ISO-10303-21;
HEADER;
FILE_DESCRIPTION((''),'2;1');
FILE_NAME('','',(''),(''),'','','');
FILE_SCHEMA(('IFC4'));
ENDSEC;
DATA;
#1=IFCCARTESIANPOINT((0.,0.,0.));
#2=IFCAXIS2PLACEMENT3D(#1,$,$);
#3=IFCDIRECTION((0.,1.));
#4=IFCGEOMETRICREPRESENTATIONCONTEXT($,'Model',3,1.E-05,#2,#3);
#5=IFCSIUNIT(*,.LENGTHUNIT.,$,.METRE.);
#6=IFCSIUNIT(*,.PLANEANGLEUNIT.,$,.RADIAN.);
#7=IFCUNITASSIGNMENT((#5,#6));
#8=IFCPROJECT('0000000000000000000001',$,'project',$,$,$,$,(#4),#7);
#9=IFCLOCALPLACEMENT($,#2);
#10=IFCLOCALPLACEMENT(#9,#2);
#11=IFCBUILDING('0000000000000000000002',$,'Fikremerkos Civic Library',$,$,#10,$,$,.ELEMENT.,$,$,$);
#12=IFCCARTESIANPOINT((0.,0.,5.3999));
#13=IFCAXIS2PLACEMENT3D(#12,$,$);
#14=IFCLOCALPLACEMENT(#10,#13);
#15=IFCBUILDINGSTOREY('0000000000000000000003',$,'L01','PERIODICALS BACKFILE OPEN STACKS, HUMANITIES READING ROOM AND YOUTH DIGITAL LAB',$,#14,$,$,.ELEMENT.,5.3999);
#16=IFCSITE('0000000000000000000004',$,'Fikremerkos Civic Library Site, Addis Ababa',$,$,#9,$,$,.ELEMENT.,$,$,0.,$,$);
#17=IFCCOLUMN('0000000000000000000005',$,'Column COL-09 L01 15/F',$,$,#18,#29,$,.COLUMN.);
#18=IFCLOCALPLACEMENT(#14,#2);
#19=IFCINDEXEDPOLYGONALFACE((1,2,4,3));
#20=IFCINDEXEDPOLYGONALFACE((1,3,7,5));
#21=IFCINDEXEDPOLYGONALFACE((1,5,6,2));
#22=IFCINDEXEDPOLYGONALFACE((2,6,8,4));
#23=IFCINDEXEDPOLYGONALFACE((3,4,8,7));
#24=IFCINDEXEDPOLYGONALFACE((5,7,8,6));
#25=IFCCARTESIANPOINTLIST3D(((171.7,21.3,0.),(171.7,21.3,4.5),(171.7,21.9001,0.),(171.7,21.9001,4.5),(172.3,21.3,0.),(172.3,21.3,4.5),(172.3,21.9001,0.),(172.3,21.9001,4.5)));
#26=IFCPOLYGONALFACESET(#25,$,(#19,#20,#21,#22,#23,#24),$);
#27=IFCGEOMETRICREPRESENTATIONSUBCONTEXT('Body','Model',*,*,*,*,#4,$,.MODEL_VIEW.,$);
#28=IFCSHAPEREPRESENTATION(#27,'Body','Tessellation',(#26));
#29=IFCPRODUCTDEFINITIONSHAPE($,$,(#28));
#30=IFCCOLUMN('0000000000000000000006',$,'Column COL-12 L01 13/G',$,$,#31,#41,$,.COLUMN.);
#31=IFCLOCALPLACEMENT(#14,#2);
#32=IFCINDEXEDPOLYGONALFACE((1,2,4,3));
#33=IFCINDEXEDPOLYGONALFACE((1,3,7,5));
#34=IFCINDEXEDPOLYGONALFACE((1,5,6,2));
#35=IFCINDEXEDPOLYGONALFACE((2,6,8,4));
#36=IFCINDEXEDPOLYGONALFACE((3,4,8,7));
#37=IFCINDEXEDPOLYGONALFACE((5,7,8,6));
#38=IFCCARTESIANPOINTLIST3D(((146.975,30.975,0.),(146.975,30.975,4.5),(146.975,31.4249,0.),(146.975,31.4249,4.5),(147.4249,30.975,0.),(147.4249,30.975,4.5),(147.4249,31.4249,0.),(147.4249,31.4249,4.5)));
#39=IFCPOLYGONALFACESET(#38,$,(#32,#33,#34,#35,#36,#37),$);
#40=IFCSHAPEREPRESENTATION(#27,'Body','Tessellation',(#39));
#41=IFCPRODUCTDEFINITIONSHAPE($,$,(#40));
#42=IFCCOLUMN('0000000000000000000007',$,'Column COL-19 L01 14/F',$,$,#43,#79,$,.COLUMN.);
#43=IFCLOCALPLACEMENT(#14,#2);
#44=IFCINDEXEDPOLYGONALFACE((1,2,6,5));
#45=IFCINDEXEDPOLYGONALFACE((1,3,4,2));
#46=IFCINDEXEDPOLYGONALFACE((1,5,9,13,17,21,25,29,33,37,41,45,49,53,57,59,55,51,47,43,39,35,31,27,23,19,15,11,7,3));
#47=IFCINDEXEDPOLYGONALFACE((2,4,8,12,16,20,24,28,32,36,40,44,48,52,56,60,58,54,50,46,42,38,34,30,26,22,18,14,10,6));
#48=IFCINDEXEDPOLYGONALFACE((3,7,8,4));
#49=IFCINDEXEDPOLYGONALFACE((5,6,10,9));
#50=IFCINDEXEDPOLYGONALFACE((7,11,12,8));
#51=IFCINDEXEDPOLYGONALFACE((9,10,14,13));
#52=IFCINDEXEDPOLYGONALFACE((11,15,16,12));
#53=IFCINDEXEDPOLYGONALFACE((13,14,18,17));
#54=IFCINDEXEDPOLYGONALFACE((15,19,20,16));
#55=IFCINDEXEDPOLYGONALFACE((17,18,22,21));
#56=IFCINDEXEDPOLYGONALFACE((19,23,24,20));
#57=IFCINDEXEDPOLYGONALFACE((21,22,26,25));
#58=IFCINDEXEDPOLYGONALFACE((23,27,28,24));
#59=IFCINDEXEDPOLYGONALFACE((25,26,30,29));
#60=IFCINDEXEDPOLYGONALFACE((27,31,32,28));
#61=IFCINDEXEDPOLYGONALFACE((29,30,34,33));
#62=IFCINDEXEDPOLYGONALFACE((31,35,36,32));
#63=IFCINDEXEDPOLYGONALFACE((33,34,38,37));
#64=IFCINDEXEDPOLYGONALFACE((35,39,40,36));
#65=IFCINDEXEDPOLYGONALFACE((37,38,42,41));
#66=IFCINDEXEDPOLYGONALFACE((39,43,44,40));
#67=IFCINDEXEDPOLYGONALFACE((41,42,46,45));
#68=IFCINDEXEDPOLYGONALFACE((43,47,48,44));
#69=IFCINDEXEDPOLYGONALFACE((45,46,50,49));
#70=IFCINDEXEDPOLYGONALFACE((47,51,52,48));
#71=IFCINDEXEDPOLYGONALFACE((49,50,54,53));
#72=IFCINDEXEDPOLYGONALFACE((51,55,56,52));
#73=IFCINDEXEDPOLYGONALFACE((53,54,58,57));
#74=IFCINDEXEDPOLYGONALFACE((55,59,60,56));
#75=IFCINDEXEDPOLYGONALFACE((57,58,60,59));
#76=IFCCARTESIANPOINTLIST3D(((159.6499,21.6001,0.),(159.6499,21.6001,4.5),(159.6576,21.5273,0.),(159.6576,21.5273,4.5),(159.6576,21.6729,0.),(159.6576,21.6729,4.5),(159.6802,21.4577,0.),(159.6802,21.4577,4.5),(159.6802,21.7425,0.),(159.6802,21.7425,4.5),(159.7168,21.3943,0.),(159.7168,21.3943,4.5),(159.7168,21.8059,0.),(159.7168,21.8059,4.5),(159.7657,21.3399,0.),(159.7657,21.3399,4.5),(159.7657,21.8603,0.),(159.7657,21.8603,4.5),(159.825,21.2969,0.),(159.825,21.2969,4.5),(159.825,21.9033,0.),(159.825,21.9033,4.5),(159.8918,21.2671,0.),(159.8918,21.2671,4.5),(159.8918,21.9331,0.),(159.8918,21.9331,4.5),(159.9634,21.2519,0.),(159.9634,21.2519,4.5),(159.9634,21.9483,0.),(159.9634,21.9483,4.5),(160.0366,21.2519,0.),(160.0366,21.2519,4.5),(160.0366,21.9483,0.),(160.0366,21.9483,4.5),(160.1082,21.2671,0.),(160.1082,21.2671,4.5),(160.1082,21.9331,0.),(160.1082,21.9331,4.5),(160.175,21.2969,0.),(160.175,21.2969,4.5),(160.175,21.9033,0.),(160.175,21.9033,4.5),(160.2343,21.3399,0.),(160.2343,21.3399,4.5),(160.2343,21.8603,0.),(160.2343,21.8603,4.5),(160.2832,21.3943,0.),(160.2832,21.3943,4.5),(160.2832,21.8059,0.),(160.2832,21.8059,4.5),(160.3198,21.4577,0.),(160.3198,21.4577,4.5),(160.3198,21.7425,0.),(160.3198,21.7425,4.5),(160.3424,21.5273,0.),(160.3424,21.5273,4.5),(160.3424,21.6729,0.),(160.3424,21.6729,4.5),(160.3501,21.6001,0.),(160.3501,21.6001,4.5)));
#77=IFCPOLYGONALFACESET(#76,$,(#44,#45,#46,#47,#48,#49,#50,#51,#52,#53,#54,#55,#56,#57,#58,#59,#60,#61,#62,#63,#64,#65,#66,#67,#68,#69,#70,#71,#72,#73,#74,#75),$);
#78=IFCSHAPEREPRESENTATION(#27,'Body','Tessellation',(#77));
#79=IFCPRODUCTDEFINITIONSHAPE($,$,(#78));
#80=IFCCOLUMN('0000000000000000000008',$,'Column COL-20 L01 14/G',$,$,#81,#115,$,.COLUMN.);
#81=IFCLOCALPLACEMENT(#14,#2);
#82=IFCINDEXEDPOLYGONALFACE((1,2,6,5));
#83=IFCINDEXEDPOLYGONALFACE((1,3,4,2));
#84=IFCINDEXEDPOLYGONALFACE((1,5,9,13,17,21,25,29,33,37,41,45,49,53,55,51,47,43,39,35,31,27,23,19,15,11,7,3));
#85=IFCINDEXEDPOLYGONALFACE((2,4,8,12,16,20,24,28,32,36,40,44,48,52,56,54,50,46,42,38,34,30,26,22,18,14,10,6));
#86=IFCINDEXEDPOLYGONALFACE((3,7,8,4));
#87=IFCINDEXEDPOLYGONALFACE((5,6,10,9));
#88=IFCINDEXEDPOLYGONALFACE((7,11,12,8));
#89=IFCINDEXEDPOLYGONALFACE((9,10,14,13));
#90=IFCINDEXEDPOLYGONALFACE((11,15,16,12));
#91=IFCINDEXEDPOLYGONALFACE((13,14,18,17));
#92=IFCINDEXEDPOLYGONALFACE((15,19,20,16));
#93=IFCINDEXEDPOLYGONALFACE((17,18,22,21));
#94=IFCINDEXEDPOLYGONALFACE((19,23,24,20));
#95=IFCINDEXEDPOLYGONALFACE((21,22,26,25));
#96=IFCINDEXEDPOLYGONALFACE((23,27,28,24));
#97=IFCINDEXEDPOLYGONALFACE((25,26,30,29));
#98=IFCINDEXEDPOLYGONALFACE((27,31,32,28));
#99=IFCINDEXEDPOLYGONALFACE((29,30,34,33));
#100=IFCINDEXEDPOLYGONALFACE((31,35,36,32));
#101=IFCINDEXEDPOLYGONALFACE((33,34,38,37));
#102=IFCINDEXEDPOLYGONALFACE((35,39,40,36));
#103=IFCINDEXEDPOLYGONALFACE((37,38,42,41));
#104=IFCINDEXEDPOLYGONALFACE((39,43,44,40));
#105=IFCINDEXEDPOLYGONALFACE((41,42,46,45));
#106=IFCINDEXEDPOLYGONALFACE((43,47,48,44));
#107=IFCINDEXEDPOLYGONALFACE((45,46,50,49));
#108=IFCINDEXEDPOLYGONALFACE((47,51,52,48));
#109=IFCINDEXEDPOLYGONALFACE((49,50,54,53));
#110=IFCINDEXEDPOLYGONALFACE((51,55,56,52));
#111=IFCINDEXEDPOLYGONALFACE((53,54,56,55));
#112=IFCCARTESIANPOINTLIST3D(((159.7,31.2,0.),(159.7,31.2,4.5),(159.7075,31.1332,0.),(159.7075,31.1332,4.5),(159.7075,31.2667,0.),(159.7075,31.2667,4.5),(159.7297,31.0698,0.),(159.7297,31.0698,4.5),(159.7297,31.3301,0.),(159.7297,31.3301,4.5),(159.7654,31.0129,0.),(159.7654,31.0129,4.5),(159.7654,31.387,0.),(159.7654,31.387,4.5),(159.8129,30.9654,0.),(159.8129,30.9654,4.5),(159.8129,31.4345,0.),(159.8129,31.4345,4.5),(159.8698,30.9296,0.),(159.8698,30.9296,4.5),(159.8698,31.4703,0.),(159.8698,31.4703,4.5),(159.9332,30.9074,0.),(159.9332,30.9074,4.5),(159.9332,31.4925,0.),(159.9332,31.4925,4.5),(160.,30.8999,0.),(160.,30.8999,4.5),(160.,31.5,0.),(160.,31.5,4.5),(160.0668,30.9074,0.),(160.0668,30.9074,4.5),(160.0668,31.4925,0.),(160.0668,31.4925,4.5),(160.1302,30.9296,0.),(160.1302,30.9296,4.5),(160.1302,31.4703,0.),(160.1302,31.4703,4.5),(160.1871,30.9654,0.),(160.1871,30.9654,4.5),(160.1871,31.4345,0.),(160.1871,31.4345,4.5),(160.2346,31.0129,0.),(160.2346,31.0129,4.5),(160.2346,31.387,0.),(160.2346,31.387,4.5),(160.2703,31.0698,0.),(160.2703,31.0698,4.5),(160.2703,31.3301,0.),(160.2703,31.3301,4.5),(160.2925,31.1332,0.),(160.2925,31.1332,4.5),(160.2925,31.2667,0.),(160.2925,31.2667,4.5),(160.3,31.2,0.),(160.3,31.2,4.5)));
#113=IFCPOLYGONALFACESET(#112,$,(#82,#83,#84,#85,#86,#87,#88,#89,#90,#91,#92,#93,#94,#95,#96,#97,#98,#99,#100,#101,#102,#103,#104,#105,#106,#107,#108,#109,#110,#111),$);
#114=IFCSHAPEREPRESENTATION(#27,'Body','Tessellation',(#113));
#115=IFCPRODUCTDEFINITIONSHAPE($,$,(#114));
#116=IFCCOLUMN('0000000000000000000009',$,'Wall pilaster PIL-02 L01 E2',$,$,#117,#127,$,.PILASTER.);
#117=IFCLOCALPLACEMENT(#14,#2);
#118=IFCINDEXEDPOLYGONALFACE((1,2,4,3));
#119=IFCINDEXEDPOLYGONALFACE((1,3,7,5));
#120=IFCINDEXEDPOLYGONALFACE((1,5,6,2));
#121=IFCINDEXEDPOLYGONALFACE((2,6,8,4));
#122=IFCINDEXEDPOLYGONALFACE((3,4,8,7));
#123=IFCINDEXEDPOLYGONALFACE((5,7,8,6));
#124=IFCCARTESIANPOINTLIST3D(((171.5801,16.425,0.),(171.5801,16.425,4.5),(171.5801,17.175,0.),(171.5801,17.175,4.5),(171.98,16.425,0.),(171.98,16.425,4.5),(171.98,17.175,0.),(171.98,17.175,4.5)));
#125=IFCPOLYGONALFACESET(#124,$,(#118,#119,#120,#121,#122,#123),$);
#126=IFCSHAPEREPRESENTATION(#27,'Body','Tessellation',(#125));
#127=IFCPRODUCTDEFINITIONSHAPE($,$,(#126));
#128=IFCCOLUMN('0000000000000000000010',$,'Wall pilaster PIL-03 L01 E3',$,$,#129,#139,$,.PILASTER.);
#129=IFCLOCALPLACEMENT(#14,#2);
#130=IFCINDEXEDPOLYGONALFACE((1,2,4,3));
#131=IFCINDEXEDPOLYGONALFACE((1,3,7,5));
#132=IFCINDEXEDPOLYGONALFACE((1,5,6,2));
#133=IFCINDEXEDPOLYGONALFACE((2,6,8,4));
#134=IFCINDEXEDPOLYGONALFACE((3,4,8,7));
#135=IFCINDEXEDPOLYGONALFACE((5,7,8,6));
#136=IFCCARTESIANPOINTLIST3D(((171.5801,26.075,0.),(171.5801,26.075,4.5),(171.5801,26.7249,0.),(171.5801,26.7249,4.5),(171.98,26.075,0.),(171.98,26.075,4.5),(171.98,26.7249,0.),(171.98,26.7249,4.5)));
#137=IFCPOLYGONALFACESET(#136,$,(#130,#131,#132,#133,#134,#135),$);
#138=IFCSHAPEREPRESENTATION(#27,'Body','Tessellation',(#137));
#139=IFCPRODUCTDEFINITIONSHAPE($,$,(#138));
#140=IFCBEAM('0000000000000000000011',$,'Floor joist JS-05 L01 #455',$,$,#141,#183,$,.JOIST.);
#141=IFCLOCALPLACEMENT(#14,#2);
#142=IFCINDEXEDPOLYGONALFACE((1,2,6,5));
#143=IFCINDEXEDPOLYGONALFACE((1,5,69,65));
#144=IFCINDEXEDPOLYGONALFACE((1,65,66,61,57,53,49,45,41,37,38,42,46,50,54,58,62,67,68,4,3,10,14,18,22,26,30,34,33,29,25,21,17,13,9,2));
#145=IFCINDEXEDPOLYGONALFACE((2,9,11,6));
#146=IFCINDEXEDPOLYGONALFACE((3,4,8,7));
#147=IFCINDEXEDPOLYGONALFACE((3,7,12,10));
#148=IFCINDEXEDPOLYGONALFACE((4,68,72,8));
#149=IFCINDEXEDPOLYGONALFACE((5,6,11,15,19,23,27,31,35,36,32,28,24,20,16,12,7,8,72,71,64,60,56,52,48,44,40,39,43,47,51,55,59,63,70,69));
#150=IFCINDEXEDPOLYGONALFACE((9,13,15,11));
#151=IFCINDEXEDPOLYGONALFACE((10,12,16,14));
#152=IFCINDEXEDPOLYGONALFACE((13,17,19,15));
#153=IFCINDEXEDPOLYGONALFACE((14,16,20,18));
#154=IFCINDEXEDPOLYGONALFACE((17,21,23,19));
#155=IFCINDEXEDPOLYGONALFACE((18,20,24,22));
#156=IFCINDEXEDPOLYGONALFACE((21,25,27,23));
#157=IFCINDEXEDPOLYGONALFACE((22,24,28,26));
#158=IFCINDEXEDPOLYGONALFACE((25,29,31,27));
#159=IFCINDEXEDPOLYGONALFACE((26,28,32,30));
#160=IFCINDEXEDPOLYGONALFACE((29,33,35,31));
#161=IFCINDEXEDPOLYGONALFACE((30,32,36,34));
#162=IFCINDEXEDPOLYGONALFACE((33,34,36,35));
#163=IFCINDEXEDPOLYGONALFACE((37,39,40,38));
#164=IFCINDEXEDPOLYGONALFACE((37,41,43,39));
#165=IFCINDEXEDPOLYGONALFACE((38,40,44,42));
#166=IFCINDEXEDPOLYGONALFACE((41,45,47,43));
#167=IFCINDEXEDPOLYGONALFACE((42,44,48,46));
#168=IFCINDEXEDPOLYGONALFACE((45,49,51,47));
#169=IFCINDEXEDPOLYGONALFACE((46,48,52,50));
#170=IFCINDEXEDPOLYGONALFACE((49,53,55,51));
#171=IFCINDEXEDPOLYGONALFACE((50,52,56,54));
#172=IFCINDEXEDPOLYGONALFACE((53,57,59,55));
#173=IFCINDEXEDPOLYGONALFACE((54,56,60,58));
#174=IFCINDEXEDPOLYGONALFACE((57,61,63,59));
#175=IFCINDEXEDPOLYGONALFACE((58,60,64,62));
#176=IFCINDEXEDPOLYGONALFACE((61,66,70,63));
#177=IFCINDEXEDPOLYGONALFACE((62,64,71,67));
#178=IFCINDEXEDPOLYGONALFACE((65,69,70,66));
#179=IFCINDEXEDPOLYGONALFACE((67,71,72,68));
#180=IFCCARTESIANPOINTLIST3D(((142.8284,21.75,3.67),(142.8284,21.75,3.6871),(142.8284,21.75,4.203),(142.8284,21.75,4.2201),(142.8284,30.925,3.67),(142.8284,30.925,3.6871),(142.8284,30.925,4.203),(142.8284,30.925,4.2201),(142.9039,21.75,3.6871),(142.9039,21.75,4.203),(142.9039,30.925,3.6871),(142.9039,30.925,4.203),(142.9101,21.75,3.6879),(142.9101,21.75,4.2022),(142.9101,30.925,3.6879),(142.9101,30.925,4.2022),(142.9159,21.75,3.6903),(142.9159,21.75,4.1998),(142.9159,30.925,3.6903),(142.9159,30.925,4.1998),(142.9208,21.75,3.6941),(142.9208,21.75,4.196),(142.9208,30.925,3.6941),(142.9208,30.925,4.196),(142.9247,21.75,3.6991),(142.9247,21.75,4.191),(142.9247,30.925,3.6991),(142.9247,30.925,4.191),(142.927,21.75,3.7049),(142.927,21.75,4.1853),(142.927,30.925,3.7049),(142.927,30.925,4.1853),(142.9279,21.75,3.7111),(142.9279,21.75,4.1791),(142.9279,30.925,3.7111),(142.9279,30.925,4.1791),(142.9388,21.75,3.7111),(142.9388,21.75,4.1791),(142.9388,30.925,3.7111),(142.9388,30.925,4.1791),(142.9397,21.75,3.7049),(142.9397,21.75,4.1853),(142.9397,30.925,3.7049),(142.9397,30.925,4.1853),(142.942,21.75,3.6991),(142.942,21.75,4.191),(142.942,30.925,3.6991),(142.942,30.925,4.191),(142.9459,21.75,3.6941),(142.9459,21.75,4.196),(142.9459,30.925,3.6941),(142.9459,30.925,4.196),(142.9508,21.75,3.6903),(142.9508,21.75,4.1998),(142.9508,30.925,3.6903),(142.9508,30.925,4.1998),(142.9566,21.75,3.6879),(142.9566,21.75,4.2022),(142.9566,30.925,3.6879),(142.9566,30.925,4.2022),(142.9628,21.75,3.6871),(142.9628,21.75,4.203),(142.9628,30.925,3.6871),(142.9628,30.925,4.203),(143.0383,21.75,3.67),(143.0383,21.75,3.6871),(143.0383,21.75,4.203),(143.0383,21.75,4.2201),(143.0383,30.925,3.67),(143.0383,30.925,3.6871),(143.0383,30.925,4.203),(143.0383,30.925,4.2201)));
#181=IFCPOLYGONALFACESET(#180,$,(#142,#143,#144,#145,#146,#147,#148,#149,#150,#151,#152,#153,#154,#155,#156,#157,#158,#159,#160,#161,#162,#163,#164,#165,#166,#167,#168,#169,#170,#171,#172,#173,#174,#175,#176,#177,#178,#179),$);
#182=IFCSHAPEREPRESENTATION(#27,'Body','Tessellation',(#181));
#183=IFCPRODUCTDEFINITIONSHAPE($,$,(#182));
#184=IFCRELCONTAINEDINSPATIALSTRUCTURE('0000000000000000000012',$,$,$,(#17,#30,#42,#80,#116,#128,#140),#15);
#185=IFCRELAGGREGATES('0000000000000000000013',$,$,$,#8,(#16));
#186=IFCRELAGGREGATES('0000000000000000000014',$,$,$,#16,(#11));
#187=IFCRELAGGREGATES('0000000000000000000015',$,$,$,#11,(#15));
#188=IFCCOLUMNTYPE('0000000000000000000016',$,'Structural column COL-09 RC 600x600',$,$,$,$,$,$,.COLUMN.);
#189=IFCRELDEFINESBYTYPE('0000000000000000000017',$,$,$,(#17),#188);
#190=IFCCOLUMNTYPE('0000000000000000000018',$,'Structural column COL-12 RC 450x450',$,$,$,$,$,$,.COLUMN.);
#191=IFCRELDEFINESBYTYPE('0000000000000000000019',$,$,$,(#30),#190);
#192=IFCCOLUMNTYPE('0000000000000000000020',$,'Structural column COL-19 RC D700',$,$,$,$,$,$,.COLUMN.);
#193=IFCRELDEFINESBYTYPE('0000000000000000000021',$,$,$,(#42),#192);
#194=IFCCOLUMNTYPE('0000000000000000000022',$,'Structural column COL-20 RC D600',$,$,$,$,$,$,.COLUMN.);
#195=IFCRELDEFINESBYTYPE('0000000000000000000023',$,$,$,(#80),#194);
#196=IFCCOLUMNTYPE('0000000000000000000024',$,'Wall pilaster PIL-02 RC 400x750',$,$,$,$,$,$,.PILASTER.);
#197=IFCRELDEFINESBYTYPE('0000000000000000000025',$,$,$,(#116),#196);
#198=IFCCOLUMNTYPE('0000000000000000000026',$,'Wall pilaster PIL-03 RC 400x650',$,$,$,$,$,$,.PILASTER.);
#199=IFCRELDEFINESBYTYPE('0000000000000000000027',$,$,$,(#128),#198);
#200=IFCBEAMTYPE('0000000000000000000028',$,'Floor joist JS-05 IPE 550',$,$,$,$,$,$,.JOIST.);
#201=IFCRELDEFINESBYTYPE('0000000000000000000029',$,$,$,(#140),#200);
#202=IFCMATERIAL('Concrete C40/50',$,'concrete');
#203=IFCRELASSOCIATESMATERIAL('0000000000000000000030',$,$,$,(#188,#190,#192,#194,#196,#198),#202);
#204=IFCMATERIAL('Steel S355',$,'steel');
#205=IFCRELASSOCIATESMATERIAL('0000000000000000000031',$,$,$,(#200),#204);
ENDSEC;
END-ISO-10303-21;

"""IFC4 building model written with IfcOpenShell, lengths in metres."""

from ifc_helpers import new_model, si_unit, direction, frame, origin, origin_2d, place, context, subcontext, project, spatial, rectangle, circle, i_section, extrude, material, material_profile, profile_set, type_object, element, save


model = new_model("IFC4")

# Units and contexts
model_context = context("Model", 3, precision=1e-05, world=origin(), true_north=direction((0.0, 1.0)))
body_context = subcontext(model_context, "Body", "Model", "MODEL_VIEW")
ifc_project = project(units=[si_unit("LENGTHUNIT", "METRE"), si_unit("PLANEANGLEUNIT", "RADIAN")], contexts=[model_context])

# Site, building, storey
site_placement = place(None, origin())
site = spatial("IfcSite", under=ifc_project, at=site_placement, Name="Fikremerkos Civic Library Site, Addis Ababa", CompositionType="ELEMENT", RefElevation=0.0)
building_placement = place(site_placement, origin())
building = spatial("IfcBuilding", under=site, at=building_placement, Name="Fikremerkos Civic Library", CompositionType="ELEMENT")
storey_placement = place(building_placement, frame((0.0, 0.0, 5.3999)))
storey = spatial("IfcBuildingStorey", under=building, at=storey_placement, Name="L01", Description="PERIODICALS BACKFILE OPEN STACKS, HUMANITIES READING ROOM AND YOUTH DIGITAL LAB", CompositionType="ELEMENT", Elevation=5.3999)

# Columns
ifc_material_1 = material(Name="Concrete C40/50", Category="concrete")
ifc_material_profile_1 = material_profile(ifc_material_1, rectangle(XDim=0.6001, YDim=0.6001, at=origin_2d()), Name="RC 600x600")
ifc_profile_set_1 = profile_set([ifc_material_profile_1], Name="Concrete C40/50")
column_type_1 = type_object("IfcColumnType", Name="Structural column COL-09 RC 600x600", PredefinedType="COLUMN", material=ifc_profile_set_1)
column_1_placement = place(storey_placement, frame((172.0, 21.6001, 0.0), z_axis=(0.0, 0.0, 1.0), x_axis=(1.0, 0.0, 0.0)))
element("IfcColumn", 1, at=column_1_placement, inside=storey, type_object=column_type_1, Name="Column COL-09 L01 15/F", PredefinedType="COLUMN", context=body_context, shape_type="SweptSolid", body=[
    extrude(rectangle(XDim=0.6001, YDim=0.6001, at=origin_2d()), origin(), (0.0, 0.0, 1.0), 4.5),
])
ifc_material_profile_2 = material_profile(ifc_material_1, rectangle(XDim=0.45, YDim=0.45, at=origin_2d()), Name="RC 450x450")
ifc_profile_set_2 = profile_set([ifc_material_profile_2], Name="Concrete C40/50")
column_type_2 = type_object("IfcColumnType", Name="Structural column COL-12 RC 450x450", PredefinedType="COLUMN", material=ifc_profile_set_2)
column_2_placement = place(storey_placement, frame((147.2, 31.2, 0.0), z_axis=(0.0, 0.0, 1.0), x_axis=(1.0, 0.0, 0.0)))
element("IfcColumn", 2, at=column_2_placement, inside=storey, type_object=column_type_2, Name="Column COL-12 L01 13/G", PredefinedType="COLUMN", context=body_context, shape_type="SweptSolid", body=[
    extrude(rectangle(XDim=0.45, YDim=0.45, at=origin_2d()), origin(), (0.0, 0.0, 1.0), 4.5),
])
ifc_material_profile_3 = material_profile(ifc_material_1, circle(Radius=0.3501, at=origin_2d()), Name="RC D700")
ifc_profile_set_3 = profile_set([ifc_material_profile_3], Name="Concrete C40/50")
column_type_3 = type_object("IfcColumnType", Name="Structural column COL-19 RC D700", PredefinedType="COLUMN", material=ifc_profile_set_3)
column_3_placement = place(storey_placement, frame((160.0, 21.6001, 0.0), z_axis=(0.0, 0.0, 1.0), x_axis=(1.0, 0.0, 0.0)))
element("IfcColumn", 3, at=column_3_placement, inside=storey, type_object=column_type_3, Name="Column COL-19 L01 14/F", PredefinedType="COLUMN", context=body_context, shape_type="SweptSolid", body=[
    extrude(circle(Radius=0.3501, at=origin_2d()), origin(), (0.0, 0.0, 1.0), 4.5),
])
ifc_material_profile_4 = material_profile(ifc_material_1, circle(Radius=0.3, at=origin_2d()), Name="RC D600")
ifc_profile_set_4 = profile_set([ifc_material_profile_4], Name="Concrete C40/50")
column_type_4 = type_object("IfcColumnType", Name="Structural column COL-20 RC D600", PredefinedType="COLUMN", material=ifc_profile_set_4)
column_4_placement = place(storey_placement, frame((160.0, 31.2, 0.0), z_axis=(0.0, 0.0, 1.0), x_axis=(1.0, 0.0, 0.0)))
element("IfcColumn", 4, at=column_4_placement, inside=storey, type_object=column_type_4, Name="Column COL-20 L01 14/G", PredefinedType="COLUMN", context=body_context, shape_type="SweptSolid", body=[
    extrude(circle(Radius=0.3, at=origin_2d()), origin(), (0.0, 0.0, 1.0), 4.5),
])
ifc_material_profile_5 = material_profile(ifc_material_1, rectangle(XDim=0.3999, YDim=0.75, at=origin_2d()), Name="RC 400x750")
ifc_profile_set_5 = profile_set([ifc_material_profile_5], Name="Concrete C40/50")
column_type_5 = type_object("IfcColumnType", Name="Wall pilaster PIL-02 RC 400x750", PredefinedType="PILASTER", material=ifc_profile_set_5)
column_5_placement = place(storey_placement, frame((171.78, 16.8, 0.0), z_axis=(0.0, 0.0, 1.0), x_axis=(1.0, 0.0, 0.0)))
element("IfcColumn", 5, at=column_5_placement, inside=storey, type_object=column_type_5, Name="Wall pilaster PIL-02 L01 E2", PredefinedType="PILASTER", context=body_context, shape_type="SweptSolid", body=[
    extrude(rectangle(XDim=0.3999, YDim=0.75, at=origin_2d()), origin(), (0.0, 0.0, 1.0), 4.5),
])
ifc_material_profile_6 = material_profile(ifc_material_1, rectangle(XDim=0.3999, YDim=0.6499, at=origin_2d()), Name="RC 400x650")
ifc_profile_set_6 = profile_set([ifc_material_profile_6], Name="Concrete C40/50")
column_type_6 = type_object("IfcColumnType", Name="Wall pilaster PIL-03 RC 400x650", PredefinedType="PILASTER", material=ifc_profile_set_6)
column_6_placement = place(storey_placement, frame((171.78, 26.3999, 0.0), z_axis=(0.0, 0.0, 1.0), x_axis=(1.0, 0.0, 0.0)))
element("IfcColumn", 6, at=column_6_placement, inside=storey, type_object=column_type_6, Name="Wall pilaster PIL-03 L01 E3", PredefinedType="PILASTER", context=body_context, shape_type="SweptSolid", body=[
    extrude(rectangle(XDim=0.3999, YDim=0.6499, at=origin_2d()), origin(), (0.0, 0.0, 1.0), 4.5),
])

# Beam
ifc_material_2 = material(Name="Steel S355", Category="steel")
ifc_material_profile_7 = material_profile(ifc_material_2, i_section(OverallWidth=0.21, OverallDepth=0.55, WebThickness=0.011, FlangeThickness=0.0171, FilletRadius=0.0239, at=origin_2d()), Name="IPE 550")
ifc_profile_set_7 = profile_set([ifc_material_profile_7], Name="Steel S355")
beam_type_1 = type_object("IfcBeamType", Name="Floor joist JS-05 IPE 550", PredefinedType="JOIST", material=ifc_profile_set_7)
for number, where, z_axis, x_axis, name in (
    (7, (142.9333, 21.75, 3.9451), (0.0, 1.0, 0.0), (-1.0, 0.0, 0.0), "Floor joist JS-05 L01 #455"),
):
    element("IfcBeam", number, at=place(storey_placement, frame(where, z_axis=z_axis, x_axis=x_axis)), inside=storey, type_object=beam_type_1, Name=name, PredefinedType="JOIST", context=body_context, shape_type="SweptSolid", body=[
        extrude(i_section(OverallWidth=0.21, OverallDepth=0.55, WebThickness=0.011, FlangeThickness=0.0171, FilletRadius=0.0239, at=origin_2d()), origin(), (0.0, 0.0, 1.0), 9.175),
    ])

save(model, "model.ifc")
